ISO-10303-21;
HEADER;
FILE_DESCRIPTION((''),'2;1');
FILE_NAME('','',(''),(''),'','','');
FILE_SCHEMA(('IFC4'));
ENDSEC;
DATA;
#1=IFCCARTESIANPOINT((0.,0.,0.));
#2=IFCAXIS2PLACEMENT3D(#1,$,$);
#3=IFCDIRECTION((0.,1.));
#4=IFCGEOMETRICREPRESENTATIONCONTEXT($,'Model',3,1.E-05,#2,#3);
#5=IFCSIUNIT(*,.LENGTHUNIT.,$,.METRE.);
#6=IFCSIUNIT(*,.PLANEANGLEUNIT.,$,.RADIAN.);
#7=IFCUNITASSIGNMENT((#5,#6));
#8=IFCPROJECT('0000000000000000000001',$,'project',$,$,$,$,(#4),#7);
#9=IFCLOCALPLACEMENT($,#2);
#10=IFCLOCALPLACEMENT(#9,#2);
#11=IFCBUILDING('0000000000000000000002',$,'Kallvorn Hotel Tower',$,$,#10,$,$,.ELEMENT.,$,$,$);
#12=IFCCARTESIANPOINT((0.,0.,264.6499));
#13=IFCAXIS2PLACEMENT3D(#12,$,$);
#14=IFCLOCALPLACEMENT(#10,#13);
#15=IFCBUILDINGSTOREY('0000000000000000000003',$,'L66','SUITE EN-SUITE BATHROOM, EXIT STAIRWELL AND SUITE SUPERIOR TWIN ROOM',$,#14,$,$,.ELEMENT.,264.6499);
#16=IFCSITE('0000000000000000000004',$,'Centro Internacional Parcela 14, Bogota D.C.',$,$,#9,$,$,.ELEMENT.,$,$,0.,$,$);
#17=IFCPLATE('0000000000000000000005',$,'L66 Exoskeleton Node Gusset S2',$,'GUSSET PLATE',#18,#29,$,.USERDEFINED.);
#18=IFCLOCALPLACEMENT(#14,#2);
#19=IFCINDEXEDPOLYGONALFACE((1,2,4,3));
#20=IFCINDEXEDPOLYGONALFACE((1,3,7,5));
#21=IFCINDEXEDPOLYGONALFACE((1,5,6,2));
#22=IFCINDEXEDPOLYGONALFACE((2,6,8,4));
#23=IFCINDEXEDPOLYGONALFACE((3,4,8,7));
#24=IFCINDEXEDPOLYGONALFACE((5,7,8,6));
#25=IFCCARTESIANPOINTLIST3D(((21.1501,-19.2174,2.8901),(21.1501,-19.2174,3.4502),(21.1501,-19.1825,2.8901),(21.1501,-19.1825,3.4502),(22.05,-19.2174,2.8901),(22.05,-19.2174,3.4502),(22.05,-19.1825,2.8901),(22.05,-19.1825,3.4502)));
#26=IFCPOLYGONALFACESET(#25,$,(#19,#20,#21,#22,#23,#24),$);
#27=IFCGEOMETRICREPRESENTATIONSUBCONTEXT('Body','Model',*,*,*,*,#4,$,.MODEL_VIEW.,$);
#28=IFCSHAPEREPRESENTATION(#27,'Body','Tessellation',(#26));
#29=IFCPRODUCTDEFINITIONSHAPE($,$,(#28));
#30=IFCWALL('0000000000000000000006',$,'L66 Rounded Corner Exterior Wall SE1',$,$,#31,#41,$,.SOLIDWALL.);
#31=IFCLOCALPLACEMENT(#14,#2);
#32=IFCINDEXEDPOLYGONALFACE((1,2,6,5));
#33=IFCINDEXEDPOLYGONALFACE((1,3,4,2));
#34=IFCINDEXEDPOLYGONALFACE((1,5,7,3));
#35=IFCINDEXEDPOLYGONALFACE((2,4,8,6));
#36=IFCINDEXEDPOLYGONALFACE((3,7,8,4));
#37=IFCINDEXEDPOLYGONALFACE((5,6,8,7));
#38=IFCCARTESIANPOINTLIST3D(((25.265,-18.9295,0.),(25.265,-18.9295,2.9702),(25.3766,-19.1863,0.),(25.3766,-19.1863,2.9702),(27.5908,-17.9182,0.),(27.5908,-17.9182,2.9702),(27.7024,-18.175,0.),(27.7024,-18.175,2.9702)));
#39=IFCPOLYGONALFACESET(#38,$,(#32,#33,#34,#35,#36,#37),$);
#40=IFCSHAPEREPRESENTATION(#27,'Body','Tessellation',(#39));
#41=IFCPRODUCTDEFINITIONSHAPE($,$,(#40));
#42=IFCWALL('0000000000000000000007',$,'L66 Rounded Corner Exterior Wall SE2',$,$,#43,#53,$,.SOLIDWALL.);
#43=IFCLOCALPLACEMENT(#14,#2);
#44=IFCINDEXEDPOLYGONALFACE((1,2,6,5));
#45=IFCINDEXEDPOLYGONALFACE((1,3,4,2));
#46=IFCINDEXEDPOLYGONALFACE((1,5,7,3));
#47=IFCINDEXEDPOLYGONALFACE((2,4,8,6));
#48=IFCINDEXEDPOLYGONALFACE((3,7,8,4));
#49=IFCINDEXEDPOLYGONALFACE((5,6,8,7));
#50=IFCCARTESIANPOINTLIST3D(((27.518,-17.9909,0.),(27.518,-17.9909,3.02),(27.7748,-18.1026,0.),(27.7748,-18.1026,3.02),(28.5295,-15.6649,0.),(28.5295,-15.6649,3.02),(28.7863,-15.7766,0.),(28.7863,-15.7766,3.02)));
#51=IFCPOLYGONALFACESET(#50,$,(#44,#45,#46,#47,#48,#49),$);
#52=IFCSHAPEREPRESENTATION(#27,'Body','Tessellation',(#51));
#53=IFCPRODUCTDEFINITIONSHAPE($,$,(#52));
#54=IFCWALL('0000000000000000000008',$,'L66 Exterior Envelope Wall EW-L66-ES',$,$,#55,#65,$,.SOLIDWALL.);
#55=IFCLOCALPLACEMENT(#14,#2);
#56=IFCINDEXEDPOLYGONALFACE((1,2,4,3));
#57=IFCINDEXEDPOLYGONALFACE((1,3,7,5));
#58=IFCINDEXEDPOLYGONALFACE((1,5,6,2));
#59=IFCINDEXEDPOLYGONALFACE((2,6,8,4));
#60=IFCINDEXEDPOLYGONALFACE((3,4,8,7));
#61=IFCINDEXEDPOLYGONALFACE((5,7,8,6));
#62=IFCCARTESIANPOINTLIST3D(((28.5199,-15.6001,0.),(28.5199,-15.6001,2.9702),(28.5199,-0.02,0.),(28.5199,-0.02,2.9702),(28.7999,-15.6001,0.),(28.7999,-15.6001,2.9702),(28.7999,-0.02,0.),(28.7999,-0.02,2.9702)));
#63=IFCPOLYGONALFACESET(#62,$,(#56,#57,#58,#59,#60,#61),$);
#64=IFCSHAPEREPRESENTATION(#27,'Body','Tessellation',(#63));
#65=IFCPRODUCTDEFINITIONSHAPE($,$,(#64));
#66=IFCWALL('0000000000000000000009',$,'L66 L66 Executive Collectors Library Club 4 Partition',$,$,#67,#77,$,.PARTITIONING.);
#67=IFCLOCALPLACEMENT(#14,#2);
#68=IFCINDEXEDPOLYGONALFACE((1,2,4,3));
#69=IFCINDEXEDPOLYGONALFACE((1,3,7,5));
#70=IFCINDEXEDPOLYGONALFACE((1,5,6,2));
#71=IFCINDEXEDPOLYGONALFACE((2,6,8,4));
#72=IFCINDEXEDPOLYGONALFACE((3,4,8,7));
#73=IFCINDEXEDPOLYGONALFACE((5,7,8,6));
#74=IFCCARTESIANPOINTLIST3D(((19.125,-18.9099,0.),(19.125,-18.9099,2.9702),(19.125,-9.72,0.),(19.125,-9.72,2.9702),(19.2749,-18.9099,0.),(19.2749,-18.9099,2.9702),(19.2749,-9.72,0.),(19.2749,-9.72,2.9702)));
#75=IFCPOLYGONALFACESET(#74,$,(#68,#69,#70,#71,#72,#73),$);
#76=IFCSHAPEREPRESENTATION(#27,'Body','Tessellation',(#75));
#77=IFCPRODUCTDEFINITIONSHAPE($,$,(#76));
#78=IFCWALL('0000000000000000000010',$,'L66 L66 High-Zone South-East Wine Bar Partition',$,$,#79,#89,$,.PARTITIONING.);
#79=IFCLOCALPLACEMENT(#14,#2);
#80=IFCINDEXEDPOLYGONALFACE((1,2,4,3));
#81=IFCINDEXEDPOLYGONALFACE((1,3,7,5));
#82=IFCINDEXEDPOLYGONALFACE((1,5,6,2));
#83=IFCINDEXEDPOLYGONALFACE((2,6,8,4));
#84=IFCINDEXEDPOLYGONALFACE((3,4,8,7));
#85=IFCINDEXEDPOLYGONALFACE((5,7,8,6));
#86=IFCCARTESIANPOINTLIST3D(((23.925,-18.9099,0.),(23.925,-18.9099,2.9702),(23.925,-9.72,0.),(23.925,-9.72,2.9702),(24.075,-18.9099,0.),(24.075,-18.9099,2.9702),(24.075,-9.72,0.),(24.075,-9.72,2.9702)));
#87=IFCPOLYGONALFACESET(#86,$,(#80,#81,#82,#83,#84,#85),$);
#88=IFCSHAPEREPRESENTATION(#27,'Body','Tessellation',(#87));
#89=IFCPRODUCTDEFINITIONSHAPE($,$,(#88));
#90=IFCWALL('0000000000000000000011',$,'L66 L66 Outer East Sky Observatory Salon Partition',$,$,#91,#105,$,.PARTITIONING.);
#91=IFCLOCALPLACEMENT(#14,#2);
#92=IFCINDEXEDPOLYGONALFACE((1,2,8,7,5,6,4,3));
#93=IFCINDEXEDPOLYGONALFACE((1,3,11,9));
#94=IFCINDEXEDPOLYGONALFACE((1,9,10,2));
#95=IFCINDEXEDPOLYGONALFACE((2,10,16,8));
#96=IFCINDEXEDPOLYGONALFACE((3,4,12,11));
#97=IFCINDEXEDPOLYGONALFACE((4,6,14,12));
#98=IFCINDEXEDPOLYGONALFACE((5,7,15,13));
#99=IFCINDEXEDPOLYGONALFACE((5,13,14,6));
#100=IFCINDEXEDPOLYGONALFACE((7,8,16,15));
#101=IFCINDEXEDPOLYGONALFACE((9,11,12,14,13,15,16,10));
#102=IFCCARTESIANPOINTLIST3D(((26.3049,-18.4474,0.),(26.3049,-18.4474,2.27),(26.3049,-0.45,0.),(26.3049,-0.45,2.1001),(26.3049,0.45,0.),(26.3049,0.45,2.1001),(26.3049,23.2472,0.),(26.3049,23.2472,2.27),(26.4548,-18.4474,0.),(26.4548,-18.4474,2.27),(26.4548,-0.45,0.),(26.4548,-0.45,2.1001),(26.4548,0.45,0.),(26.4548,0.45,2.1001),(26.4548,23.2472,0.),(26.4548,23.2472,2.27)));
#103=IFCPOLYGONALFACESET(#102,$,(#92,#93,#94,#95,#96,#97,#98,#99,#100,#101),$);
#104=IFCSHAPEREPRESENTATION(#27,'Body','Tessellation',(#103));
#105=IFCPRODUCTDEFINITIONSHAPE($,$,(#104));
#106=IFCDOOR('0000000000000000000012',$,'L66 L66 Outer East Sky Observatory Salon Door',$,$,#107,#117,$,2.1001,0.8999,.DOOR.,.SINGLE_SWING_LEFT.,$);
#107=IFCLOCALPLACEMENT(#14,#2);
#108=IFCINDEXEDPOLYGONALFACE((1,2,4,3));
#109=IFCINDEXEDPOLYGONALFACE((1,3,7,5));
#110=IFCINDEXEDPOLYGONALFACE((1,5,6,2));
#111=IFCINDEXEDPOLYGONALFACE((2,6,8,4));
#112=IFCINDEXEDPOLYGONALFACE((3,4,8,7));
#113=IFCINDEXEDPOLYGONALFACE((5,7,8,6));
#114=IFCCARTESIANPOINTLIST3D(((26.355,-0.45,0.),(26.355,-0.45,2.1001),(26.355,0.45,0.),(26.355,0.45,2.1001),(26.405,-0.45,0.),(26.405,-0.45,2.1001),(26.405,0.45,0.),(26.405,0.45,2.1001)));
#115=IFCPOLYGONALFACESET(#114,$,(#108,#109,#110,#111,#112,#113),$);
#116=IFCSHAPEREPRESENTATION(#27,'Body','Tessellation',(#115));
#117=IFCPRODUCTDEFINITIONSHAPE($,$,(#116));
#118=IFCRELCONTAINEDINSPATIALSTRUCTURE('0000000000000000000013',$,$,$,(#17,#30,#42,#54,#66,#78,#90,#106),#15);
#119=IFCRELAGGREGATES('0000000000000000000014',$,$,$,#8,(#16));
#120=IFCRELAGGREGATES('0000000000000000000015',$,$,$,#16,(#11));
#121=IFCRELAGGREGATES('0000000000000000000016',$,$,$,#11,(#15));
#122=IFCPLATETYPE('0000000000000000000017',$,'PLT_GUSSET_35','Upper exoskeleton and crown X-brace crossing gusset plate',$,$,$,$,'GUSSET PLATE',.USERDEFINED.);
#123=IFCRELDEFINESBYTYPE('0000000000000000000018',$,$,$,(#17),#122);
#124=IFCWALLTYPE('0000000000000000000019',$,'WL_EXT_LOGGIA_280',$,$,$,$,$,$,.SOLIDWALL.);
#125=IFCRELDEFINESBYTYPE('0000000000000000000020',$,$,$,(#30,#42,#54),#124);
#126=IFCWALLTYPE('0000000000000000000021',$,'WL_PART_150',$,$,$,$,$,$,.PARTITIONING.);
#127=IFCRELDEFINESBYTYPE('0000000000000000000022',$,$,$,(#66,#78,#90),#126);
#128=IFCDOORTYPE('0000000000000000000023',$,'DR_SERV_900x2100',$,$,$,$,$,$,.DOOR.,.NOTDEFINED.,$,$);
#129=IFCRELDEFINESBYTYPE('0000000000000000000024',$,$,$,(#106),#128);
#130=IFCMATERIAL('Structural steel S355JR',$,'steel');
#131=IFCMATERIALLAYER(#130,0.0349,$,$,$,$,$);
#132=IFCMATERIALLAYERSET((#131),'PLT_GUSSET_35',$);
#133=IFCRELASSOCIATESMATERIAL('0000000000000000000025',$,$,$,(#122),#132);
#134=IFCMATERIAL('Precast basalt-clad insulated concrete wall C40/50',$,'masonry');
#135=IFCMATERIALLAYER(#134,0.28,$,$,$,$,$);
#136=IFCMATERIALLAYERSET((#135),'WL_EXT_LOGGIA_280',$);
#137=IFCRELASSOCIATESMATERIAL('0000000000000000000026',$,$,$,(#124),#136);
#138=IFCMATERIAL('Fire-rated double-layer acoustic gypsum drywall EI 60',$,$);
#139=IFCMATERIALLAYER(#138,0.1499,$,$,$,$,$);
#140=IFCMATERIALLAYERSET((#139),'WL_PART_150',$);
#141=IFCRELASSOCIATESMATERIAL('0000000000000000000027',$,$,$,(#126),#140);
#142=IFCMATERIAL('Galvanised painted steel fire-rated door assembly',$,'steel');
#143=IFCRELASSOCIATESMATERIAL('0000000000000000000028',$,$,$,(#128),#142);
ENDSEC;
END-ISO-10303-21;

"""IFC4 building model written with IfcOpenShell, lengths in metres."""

from ifc_helpers import new_model, si_unit, direction, frame, frame_2d, origin, origin_2d, place, context, subcontext, project, spatial, rectangle, extrude, material, layer, layer_set, type_object, element, fill, save


model = new_model("IFC4")

# Units and contexts
model_context = context("Model", 3, precision=1e-05, world=origin(), true_north=direction((0.0, 1.0)))
body_context = subcontext(model_context, "Body", "Model", "MODEL_VIEW")
ifc_project = project(units=[si_unit("LENGTHUNIT", "METRE"), si_unit("PLANEANGLEUNIT", "RADIAN")], contexts=[model_context])

# Site, building, storey
site_placement = place(None, origin())
site = spatial("IfcSite", under=ifc_project, at=site_placement, Name="Centro Internacional Parcela 14, Bogota D.C.", CompositionType="ELEMENT", RefElevation=0.0)
building_placement = place(site_placement, origin())
building = spatial("IfcBuilding", under=site, at=building_placement, Name="Kallvorn Hotel Tower", CompositionType="ELEMENT")
storey_placement = place(building_placement, frame((0.0, 0.0, 264.6499)))
storey = spatial("IfcBuildingStorey", under=building, at=storey_placement, Name="L66", Description="SUITE EN-SUITE BATHROOM, EXIT STAIRWELL AND SUITE SUPERIOR TWIN ROOM", CompositionType="ELEMENT", Elevation=264.6499)

# Plate
ifc_material_1 = material(Name="Structural steel S355JR", Category="steel")
ifc_layer_1 = layer(ifc_material_1, 0.0349)
ifc_layer_set_1 = layer_set([ifc_layer_1], Name="PLT_GUSSET_35")
plate_type_1 = type_object("IfcPlateType", Name="PLT_GUSSET_35", Description="Upper exoskeleton and crown X-brace crossing gusset plate", ElementType="GUSSET PLATE", PredefinedType="USERDEFINED", material=ifc_layer_set_1)
plate_1_placement = place(storey_placement, frame((21.6001, -19.2, 2.8901), z_axis=(0.0, 0.0, 1.0), x_axis=(1.0, 0.0, 0.0)))
element("IfcPlate", 1, at=plate_1_placement, inside=storey, type_object=plate_type_1, Name="L66 Exoskeleton Node Gusset S2", ObjectType="GUSSET PLATE", PredefinedType="USERDEFINED", context=body_context, shape_type="SweptSolid", body=[
    extrude(rectangle(XDim=0.8999, YDim=0.0349, at=origin_2d()), origin(), (0.0, 0.0, 1.0), 0.5601),
])

# Walls
ifc_material_2 = material(Name="Precast basalt-clad insulated concrete wall C40/50", Category="masonry")
ifc_layer_2 = layer(ifc_material_2, 0.28)
ifc_layer_set_2 = layer_set([ifc_layer_2], Name="WL_EXT_LOGGIA_280")
wall_type_1 = type_object("IfcWallType", Name="WL_EXT_LOGGIA_280", PredefinedType="SOLIDWALL", material=ifc_layer_set_2)
wall_1_placement = place(storey_placement, frame((25.3208, -19.0579, 0.0), z_axis=(0.0, 0.0, 1.0), x_axis=(0.917061, 0.398747, 0.0)))
element("IfcWall", 2, at=wall_1_placement, inside=storey, type_object=wall_type_1, Name="L66 Rounded Corner Exterior Wall SE1", PredefinedType="SOLIDWALL", context=body_context, shape_type="SweptSolid", body=[
    extrude(rectangle(XDim=2.5361, YDim=0.28, at=frame_2d((1.2681, 0.0))), origin(), (0.0, 0.0, 1.0), 2.9702),
])
wall_2_placement = place(storey_placement, frame((27.6465, -18.0466, 0.0), z_axis=(0.0, 0.0, 1.0), x_axis=(0.398793, 0.917041, 0.0)))
element("IfcWall", 3, at=wall_2_placement, inside=storey, type_object=wall_type_1, Name="L66 Rounded Corner Exterior Wall SE2", PredefinedType="SOLIDWALL", context=body_context, shape_type="SweptSolid", body=[
    extrude(rectangle(XDim=2.5364, YDim=0.28, at=frame_2d((1.2681, 0.0))), origin(), (0.0, 0.0, 1.0), 3.02),
])
wall_3_placement = place(storey_placement, frame((28.6599, -15.6001, 0.0), z_axis=(0.0, 0.0, 1.0), x_axis=(0.0, 1.0, 0.0)))
element("IfcWall", 4, at=wall_3_placement, inside=storey, type_object=wall_type_1, Name="L66 Exterior Envelope Wall EW-L66-ES", PredefinedType="SOLIDWALL", context=body_context, shape_type="SweptSolid", body=[
    extrude(rectangle(XDim=15.5801, YDim=0.28, at=frame_2d((7.79, 0.0))), origin(), (0.0, 0.0, 1.0), 2.9702),
])
ifc_material_3 = material(Name="Fire-rated double-layer acoustic gypsum drywall EI 60")
ifc_layer_3 = layer(ifc_material_3, 0.1499)
ifc_layer_set_3 = layer_set([ifc_layer_3], Name="WL_PART_150")
wall_type_2 = type_object("IfcWallType", Name="WL_PART_150", PredefinedType="PARTITIONING", material=ifc_layer_set_3)
for number, where, z_axis, x_axis, name in (
    (5, (19.2, -18.9099, 0.0), (0.0, 0.0, 1.0), (0.0, 1.0, 0.0), "L66 L66 Executive Collectors Library Club 4 Partition"),
    (6, (24.0, -18.9099, 0.0), (0.0, 0.0, 1.0), (0.0, 1.0, 0.0), "L66 L66 High-Zone South-East Wine Bar Partition"),
):
    element("IfcWall", number, at=place(storey_placement, frame(where, z_axis=z_axis, x_axis=x_axis)), inside=storey, type_object=wall_type_2, Name=name, PredefinedType="PARTITIONING", context=body_context, shape_type="SweptSolid", body=[
        extrude(rectangle(XDim=9.1899, YDim=0.1499, at=frame_2d((4.595, 0.0))), origin(), (0.0, 0.0, 1.0), 2.9702),
    ])

# Wall, opening, door
wall_4_placement = place(storey_placement, frame((26.3799, -18.4473, 0.0), z_axis=(0.0, 0.0, 1.0), x_axis=(0.0, 1.0, 0.0)))
wall_4 = element("IfcWall", 7, at=wall_4_placement, inside=storey, type_object=wall_type_2, Name="L66 L66 Outer East Sky Observatory Salon Partition", PredefinedType="PARTITIONING", context=body_context, shape_type="SweptSolid", body=[
    extrude(rectangle(XDim=41.6946, YDim=0.1499, at=frame_2d((20.8472, 0.0))), origin(), (0.0, 0.0, 1.0), 2.27),
])
opening_placement = place(wall_4_placement, frame((17.9973, 0.0, 0.0)))
opening = element("IfcOpeningElement", 8, at=opening_placement, cuts=wall_4, PredefinedType="OPENING", context=body_context, shape_type="SweptSolid", body=[
    extrude(rectangle(XDim=0.8999, YDim=2.1001, at=frame_2d((0.45, 1.05))), frame((0.0, 0.0898, 0.0), z_axis=(0.0, -1.0, 0.0), x_axis=(1.0, 0.0, 0.0)), (0.0, 0.0, 1.0), 0.1799),
])
ifc_material_4 = material(Name="Galvanised painted steel fire-rated door assembly", Category="steel")
door_type = type_object("IfcDoorType", Name="DR_SERV_900x2100", OperationType="NOTDEFINED", PredefinedType="DOOR", material=ifc_material_4)
door_placement = place(opening_placement, origin())
door = element("IfcDoor", 9, at=door_placement, inside=storey, type_object=door_type, Name="L66 L66 Outer East Sky Observatory Salon Door", OperationType="SINGLE_SWING_LEFT", OverallHeight=2.1001, OverallWidth=0.8999, PredefinedType="DOOR", context=body_context, shape_type="SweptSolid", body=[
    extrude(rectangle(XDim=0.8999, YDim=2.1001, at=frame_2d((0.45, 1.05))), frame((0.0, 0.0249, 0.0), z_axis=(0.0, -1.0, 0.0), x_axis=(1.0, 0.0, 0.0)), (0.0, 0.0, 1.0), 0.05),
])
fill(opening, door)

save(model, "model.ifc")
